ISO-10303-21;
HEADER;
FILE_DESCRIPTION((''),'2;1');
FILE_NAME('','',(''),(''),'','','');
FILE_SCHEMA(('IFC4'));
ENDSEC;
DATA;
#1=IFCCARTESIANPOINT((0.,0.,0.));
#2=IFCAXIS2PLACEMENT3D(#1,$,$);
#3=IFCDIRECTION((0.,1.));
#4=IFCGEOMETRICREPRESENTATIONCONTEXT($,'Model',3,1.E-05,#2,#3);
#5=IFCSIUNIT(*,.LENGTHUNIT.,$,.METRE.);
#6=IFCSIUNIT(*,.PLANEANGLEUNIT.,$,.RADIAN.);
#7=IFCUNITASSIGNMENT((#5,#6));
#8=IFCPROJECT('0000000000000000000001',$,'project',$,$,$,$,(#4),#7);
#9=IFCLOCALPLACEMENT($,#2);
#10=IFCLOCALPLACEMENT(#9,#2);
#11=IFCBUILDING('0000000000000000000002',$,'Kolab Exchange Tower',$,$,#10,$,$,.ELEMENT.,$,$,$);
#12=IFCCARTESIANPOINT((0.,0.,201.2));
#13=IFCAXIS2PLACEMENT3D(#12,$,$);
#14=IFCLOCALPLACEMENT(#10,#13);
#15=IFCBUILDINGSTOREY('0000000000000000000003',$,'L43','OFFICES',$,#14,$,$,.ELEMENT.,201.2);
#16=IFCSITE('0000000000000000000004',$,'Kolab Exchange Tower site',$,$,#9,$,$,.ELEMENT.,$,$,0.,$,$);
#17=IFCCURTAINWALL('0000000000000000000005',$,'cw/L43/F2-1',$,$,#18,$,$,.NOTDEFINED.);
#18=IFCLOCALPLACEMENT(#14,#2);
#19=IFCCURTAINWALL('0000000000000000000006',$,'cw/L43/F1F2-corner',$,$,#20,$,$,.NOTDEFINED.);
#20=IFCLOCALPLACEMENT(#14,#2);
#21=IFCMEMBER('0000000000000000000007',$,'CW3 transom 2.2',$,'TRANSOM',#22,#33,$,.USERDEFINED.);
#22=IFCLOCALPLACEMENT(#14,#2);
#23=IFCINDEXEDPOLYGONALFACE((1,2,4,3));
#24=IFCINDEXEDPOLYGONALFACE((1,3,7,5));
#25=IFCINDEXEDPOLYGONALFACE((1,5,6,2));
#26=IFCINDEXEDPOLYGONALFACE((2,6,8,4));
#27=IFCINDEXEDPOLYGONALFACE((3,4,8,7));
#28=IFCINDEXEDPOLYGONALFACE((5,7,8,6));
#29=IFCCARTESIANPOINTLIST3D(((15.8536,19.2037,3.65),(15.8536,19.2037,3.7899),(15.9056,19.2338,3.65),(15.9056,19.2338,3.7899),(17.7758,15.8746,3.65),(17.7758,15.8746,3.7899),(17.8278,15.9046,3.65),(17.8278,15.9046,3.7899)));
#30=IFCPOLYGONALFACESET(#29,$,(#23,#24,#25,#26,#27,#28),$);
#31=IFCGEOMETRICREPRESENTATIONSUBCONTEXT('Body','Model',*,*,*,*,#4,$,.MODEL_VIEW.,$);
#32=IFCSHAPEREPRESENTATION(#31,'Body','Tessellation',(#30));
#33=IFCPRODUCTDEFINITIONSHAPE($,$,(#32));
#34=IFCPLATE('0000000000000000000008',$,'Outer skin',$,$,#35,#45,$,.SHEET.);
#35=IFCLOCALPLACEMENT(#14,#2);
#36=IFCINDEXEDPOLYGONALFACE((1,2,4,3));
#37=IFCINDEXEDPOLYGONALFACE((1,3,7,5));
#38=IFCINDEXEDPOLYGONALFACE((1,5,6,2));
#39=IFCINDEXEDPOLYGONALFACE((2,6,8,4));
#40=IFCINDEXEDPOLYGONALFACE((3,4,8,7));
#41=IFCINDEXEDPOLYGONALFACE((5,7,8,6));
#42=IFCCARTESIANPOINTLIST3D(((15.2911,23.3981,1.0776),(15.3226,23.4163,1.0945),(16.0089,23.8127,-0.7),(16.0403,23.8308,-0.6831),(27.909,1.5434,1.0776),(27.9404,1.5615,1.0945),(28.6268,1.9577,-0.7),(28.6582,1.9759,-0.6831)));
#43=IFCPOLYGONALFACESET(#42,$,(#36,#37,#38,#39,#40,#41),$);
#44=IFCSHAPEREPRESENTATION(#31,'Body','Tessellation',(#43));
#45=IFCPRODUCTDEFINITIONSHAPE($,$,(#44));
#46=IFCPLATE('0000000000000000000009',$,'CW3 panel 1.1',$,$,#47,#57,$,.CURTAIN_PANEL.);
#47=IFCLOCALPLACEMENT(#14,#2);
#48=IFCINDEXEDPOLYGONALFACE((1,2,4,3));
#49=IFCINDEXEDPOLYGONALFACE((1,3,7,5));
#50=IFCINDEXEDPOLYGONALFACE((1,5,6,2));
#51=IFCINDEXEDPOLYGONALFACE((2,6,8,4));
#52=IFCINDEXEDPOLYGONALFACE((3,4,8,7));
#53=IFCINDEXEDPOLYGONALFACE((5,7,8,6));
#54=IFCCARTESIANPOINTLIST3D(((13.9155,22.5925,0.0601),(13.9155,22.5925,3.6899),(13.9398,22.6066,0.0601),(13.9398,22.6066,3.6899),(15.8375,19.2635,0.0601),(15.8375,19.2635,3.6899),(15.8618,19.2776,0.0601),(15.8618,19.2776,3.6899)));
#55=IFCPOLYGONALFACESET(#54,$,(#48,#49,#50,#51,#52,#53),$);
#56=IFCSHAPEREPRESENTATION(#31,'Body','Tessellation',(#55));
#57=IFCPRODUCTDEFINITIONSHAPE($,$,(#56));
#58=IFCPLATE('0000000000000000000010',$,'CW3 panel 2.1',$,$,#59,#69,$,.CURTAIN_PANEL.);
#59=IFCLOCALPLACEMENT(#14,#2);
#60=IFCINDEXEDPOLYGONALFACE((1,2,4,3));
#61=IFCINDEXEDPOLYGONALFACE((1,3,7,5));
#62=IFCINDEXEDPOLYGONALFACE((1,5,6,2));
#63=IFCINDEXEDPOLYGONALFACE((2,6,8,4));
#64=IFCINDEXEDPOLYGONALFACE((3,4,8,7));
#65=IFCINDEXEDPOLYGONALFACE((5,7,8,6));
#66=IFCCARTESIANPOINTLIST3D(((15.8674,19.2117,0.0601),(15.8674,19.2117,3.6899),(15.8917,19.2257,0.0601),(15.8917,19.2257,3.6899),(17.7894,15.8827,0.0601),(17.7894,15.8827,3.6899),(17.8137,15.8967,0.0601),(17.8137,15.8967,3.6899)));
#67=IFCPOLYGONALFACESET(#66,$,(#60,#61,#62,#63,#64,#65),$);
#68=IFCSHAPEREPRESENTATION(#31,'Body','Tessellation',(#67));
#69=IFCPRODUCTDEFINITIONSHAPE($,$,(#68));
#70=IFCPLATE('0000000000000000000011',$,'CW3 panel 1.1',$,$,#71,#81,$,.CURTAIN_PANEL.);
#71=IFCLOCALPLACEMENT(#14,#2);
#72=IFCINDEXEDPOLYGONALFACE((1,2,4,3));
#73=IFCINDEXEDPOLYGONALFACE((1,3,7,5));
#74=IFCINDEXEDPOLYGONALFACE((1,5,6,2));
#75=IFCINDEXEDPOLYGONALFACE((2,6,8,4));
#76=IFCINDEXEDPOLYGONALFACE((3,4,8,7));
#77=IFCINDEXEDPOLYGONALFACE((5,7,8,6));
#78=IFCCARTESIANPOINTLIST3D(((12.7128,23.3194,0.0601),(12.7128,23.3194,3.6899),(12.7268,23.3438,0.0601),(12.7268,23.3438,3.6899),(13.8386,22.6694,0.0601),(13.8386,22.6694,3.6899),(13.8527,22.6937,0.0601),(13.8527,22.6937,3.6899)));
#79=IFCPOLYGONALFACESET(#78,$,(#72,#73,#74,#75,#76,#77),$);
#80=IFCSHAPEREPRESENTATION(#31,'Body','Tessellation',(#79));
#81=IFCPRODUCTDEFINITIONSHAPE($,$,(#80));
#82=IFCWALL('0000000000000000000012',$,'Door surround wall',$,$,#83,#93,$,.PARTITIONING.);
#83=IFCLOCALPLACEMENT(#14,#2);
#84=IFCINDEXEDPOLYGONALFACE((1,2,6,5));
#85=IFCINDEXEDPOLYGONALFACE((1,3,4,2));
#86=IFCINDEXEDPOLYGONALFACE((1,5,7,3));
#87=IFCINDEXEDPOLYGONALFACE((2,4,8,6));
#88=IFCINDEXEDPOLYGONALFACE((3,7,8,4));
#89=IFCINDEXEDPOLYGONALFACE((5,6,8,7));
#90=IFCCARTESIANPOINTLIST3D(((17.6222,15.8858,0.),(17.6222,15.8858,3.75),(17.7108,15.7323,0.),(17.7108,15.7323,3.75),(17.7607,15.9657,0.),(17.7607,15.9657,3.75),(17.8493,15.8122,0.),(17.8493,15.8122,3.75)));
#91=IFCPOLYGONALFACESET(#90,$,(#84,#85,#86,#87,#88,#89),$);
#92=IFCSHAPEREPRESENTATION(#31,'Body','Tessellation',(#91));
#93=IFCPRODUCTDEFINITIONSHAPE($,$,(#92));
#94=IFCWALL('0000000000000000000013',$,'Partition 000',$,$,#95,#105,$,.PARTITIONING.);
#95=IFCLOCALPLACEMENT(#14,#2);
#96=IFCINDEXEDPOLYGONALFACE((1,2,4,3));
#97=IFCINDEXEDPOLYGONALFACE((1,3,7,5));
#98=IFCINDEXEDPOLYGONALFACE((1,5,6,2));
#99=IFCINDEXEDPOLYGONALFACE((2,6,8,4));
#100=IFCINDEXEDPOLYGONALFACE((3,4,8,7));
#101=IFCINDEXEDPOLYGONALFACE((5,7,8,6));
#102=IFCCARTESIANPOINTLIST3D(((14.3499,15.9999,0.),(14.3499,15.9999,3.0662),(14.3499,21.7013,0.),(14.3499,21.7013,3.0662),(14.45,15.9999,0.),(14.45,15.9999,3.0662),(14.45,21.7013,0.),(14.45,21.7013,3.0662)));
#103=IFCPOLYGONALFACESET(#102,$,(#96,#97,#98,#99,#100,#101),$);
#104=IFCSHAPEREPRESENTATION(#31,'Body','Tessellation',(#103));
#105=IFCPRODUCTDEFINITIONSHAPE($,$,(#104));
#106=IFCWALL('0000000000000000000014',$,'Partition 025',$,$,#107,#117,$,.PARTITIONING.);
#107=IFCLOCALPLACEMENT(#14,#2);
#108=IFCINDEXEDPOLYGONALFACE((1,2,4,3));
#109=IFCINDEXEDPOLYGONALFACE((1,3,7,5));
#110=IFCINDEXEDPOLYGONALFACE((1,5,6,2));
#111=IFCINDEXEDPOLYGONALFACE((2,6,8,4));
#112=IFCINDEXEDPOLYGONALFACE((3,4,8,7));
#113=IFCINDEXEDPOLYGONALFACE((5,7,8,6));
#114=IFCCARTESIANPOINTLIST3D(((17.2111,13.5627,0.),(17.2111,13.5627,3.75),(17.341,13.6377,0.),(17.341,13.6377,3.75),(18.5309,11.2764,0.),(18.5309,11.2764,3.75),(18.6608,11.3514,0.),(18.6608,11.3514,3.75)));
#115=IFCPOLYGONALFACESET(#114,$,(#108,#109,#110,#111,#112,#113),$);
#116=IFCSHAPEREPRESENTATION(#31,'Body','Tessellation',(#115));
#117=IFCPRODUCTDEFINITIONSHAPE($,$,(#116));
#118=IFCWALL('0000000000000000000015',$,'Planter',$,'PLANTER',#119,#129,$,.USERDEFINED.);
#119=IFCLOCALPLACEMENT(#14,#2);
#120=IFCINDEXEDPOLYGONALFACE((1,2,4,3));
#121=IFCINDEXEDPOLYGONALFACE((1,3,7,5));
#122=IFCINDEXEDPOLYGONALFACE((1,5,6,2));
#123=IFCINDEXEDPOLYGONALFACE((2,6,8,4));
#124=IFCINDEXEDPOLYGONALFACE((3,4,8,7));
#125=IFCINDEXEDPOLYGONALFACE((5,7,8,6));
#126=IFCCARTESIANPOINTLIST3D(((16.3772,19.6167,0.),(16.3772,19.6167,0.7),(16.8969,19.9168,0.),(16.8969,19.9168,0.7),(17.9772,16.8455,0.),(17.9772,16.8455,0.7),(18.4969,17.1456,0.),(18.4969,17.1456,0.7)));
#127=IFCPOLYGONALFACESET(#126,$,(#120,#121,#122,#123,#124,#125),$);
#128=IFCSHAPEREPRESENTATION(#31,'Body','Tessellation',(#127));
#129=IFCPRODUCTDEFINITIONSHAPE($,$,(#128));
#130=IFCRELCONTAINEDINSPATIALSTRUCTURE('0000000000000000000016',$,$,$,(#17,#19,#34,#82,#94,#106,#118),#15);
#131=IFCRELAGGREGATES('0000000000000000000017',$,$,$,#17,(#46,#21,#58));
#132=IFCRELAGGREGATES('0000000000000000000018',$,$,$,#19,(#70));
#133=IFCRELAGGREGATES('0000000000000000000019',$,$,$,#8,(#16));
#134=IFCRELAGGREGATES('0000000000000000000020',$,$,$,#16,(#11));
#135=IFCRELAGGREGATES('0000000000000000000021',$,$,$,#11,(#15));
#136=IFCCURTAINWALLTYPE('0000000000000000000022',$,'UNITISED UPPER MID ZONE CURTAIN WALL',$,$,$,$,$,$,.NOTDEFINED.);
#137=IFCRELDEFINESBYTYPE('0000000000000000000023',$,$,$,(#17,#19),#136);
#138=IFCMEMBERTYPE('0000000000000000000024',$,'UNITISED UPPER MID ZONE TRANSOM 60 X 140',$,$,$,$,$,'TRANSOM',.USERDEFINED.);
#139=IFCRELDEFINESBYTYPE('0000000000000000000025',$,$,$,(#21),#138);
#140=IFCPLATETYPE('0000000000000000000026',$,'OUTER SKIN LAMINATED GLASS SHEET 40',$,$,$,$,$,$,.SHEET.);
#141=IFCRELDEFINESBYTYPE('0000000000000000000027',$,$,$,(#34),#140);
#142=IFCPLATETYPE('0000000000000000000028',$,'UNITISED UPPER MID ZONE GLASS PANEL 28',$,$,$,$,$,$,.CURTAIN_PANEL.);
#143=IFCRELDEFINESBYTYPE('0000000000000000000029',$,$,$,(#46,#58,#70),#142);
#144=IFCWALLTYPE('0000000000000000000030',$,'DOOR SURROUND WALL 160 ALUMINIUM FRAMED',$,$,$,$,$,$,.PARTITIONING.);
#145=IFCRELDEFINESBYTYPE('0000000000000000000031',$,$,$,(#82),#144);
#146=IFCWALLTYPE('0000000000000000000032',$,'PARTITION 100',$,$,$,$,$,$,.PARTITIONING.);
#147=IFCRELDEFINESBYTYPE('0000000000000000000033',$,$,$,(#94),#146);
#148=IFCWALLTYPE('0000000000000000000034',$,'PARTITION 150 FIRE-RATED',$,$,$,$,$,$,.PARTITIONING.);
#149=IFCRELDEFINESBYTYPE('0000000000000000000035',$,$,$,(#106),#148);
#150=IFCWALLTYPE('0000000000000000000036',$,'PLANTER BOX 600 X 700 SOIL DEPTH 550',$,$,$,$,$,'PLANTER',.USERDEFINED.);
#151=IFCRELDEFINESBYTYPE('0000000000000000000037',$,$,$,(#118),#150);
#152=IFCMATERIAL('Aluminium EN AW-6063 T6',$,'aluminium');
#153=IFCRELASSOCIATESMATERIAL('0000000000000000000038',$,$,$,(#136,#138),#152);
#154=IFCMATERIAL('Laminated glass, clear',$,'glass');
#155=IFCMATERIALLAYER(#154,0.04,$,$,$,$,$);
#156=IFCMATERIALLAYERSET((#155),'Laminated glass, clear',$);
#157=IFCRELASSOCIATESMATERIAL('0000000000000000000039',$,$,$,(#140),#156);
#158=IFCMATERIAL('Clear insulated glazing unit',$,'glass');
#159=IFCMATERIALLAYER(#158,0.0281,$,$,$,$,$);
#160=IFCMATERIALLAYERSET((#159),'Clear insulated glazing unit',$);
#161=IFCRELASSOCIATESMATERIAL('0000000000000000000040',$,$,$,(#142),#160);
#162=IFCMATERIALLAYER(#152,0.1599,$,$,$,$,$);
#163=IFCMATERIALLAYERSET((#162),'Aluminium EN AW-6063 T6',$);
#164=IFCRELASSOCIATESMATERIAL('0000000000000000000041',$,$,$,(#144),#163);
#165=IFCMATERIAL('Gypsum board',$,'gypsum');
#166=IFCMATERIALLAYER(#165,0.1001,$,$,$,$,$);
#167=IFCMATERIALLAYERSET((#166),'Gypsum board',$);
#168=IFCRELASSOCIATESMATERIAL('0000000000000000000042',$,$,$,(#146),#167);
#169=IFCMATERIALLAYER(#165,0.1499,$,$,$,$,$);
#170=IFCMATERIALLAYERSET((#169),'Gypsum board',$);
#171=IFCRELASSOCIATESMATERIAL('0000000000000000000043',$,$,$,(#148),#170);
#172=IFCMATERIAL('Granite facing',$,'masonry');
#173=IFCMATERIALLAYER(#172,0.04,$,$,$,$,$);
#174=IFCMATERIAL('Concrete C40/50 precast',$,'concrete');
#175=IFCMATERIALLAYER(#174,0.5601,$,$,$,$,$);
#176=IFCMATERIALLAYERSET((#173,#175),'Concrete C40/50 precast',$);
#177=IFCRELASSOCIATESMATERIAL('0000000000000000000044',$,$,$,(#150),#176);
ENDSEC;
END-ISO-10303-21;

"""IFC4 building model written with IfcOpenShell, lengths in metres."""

from ifc_helpers import new_model, si_unit, direction, frame, frame_2d, origin, origin_2d, place, context, subcontext, project, spatial, polyline, rectangle, outline, extrude, material, layer, layer_set, material_profile, profile_set, type_object, element, aggregate, save


model = new_model("IFC4")

# Units and contexts
model_context = context("Model", 3, precision=1e-05, world=origin(), true_north=direction((0.0, 1.0)))
body_context = subcontext(model_context, "Body", "Model", "MODEL_VIEW")
ifc_project = project(units=[si_unit("LENGTHUNIT", "METRE"), si_unit("PLANEANGLEUNIT", "RADIAN")], contexts=[model_context])

# Site, building, storey
site_placement = place(None, origin())
site = spatial("IfcSite", under=ifc_project, at=site_placement, Name="Kolab Exchange Tower site", CompositionType="ELEMENT", RefElevation=0.0)
building_placement = place(site_placement, origin())
building = spatial("IfcBuilding", under=site, at=building_placement, Name="Kolab Exchange Tower", CompositionType="ELEMENT")
storey_placement = place(building_placement, frame((0.0, 0.0, 201.2)))
storey = spatial("IfcBuildingStorey", under=building, at=storey_placement, Name="L43", Description="OFFICES", CompositionType="ELEMENT", Elevation=201.2)

# Curtain wall
ifc_material_1 = material(Name="Aluminium EN AW-6063 T6", Category="aluminium")
curtain_wall_type = type_object("IfcCurtainWallType", Name="UNITISED UPPER MID ZONE CURTAIN WALL", PredefinedType="NOTDEFINED", material=ifc_material_1)
curtain_wall_1_placement = place(storey_placement, origin())
curtain_wall_1 = element("IfcCurtainWall", 1, at=curtain_wall_1_placement, inside=storey, type_object=curtain_wall_type, Name="cw/L43/F2-1", PredefinedType="NOTDEFINED")

# Curtain wall
curtain_wall_2_placement = place(storey_placement, origin())
curtain_wall_2 = element("IfcCurtainWall", 2, at=curtain_wall_2_placement, inside=storey, type_object=curtain_wall_type, Name="cw/L43/F1F2-corner", PredefinedType="NOTDEFINED")

# Member
ifc_material_profile_1 = material_profile(ifc_material_1, rectangle(XDim=0.0601, YDim=0.1399, at=origin_2d()), Name="RECT 60X140")
ifc_profile_set_1 = profile_set([ifc_material_profile_1], Name="Aluminium EN AW-6063 T6")
member_type_1 = type_object("IfcMemberType", Name="UNITISED UPPER MID ZONE TRANSOM 60 X 140", ElementType="TRANSOM", PredefinedType="USERDEFINED", material=ifc_profile_set_1)
member_1_placement = place(storey_placement, frame((15.8796, 19.2188, 3.72), z_axis=(0.500012, -0.866018, 0.0), x_axis=(0.866018, 0.500012, 0.0)))
member_1 = element("IfcMember", 3, at=member_1_placement, type_object=member_type_1, Name="CW3 transom 2.2", ObjectType="TRANSOM", PredefinedType="USERDEFINED", context=body_context, shape_type="SweptSolid", body=[
    extrude(rectangle(XDim=0.0601, YDim=0.1399, at=origin_2d()), origin(), (0.0, 0.0, 1.0), 3.8442),
])

# Plates
ifc_material_2 = material(Name="Laminated glass, clear", Category="glass")
ifc_layer_1 = layer(ifc_material_2, 0.04)
ifc_layer_set_1 = layer_set([ifc_layer_1], Name="Laminated glass, clear")
plate_type_1 = type_object("IfcPlateType", Name="OUTER SKIN LAMINATED GLASS SHEET 40", PredefinedType="SHEET", material=ifc_layer_set_1)
plate_1_placement = place(storey_placement, frame((16.0403, 23.8308, -0.6831), z_axis=(0.784899, 0.453162, 0.422585), x_axis=(0.5, -0.866025, 0.000001)))
element("IfcPlate", 4, at=plate_1_placement, inside=storey, type_object=plate_type_1, Name="Outer skin", PredefinedType="SHEET", context=body_context, shape_type="SweptSolid", body=[
    extrude(outline(polyline([(0.0, 0.0), (25.2359, 0.0), (25.2358, -1.9613), (0.0001, -1.9613), (0.0, 0.0)])), origin(), (0.0, 0.0, -1.0), 0.04),
])
ifc_material_3 = material(Name="Clear insulated glazing unit", Category="glass")
ifc_layer_2 = layer(ifc_material_3, 0.0281)
ifc_layer_set_2 = layer_set([ifc_layer_2], Name="Clear insulated glazing unit")
plate_type_2 = type_object("IfcPlateType", Name="UNITISED UPPER MID ZONE GLASS PANEL 28", PredefinedType="CURTAIN_PANEL", material=ifc_layer_set_2)
plate_2_placement = place(storey_placement, frame((14.8887, 20.9351, 0.0601), z_axis=(0.0, 0.0, 1.0), x_axis=(0.5, -0.866025, 0.0)))
plate_2 = element("IfcPlate", 5, at=plate_2_placement, type_object=plate_type_2, Name="CW3 panel 1.1", PredefinedType="CURTAIN_PANEL", context=body_context, shape_type="SweptSolid", body=[
    extrude(rectangle(XDim=3.844, YDim=0.0281, at=origin_2d()), origin(), (0.0, 0.0, 1.0), 3.6299),
])
plate_3_placement = place(storey_placement, frame((16.8406, 17.5542, 0.0601), z_axis=(0.0, 0.0, 1.0), x_axis=(0.5, -0.866025, 0.0)))
plate_3 = element("IfcPlate", 6, at=plate_3_placement, type_object=plate_type_2, Name="CW3 panel 2.1", PredefinedType="CURTAIN_PANEL", context=body_context, shape_type="SweptSolid", body=[
    extrude(rectangle(XDim=3.844, YDim=0.0281, at=origin_2d()), origin(), (0.0, 0.0, 1.0), 3.6299),
])
aggregate(curtain_wall_1, [plate_2, member_1, plate_3])
plate_4_placement = place(storey_placement, frame((13.2827, 23.0066, 0.0601), z_axis=(0.0, 0.0, 1.0), x_axis=(0.866025, -0.5, 0.0)))
plate_4 = element("IfcPlate", 7, at=plate_4_placement, type_object=plate_type_2, Name="CW3 panel 1.1", PredefinedType="CURTAIN_PANEL", context=body_context, shape_type="SweptSolid", body=[
    extrude(rectangle(XDim=1.3, YDim=0.0281, at=origin_2d()), origin(), (0.0, 0.0, 1.0), 3.6299),
])
aggregate(curtain_wall_2, [plate_4])

# Shared definitions
ifc_layer_3 = layer(ifc_material_1, 0.1599)
ifc_layer_set_3 = layer_set([ifc_layer_3], Name="Aluminium EN AW-6063 T6")
wall_type_1 = type_object("IfcWallType", Name="DOOR SURROUND WALL 160 ALUMINIUM FRAMED", PredefinedType="PARTITIONING", material=ifc_layer_set_3)

# Walls
wall_1_placement = place(storey_placement, frame((17.78, 15.7722, 0.0), z_axis=(0.0, 0.0, 1.0), x_axis=(-0.499842, 0.866117, 0.0)))
element("IfcWall", 8, at=wall_1_placement, inside=storey, type_object=wall_type_1, Name="Door surround wall", PredefinedType="PARTITIONING", context=body_context, shape_type="SweptSolid", body=[
    extrude(rectangle(XDim=0.1772, YDim=0.1599, at=frame_2d((0.0886, 0.0))), origin(), (0.0, 0.0, 1.0), 3.75),
])
ifc_material_4 = material(Name="Gypsum board", Category="gypsum")
ifc_layer_4 = layer(ifc_material_4, 0.1001)
ifc_layer_set_4 = layer_set([ifc_layer_4], Name="Gypsum board")
wall_type_2 = type_object("IfcWallType", Name="PARTITION 100", PredefinedType="PARTITIONING", material=ifc_layer_set_4)
wall_2_placement = place(storey_placement, frame((14.3999, 16.0, 0.0), z_axis=(0.0, 0.0, 1.0), x_axis=(0.0, 1.0, 0.0)))
element("IfcWall", 9, at=wall_2_placement, inside=storey, type_object=wall_type_2, Name="Partition 000", PredefinedType="PARTITIONING", context=body_context, shape_type="SweptSolid", body=[
    extrude(rectangle(XDim=5.7014, YDim=0.1001, at=frame_2d((2.8506, 0.0))), origin(), (0.0, 0.0, 1.0), 3.0662),
])
ifc_layer_5 = layer(ifc_material_4, 0.1499)
ifc_layer_set_5 = layer_set([ifc_layer_5], Name="Gypsum board")
wall_type_3 = type_object("IfcWallType", Name="PARTITION 150 FIRE-RATED", PredefinedType="PARTITIONING", material=ifc_layer_set_5)
wall_3_placement = place(storey_placement, frame((17.2761, 13.6001, 0.0), z_axis=(0.0, 0.0, 1.0), x_axis=(0.499939, -0.866061, 0.0)))
element("IfcWall", 10, at=wall_3_placement, inside=storey, type_object=wall_type_3, Name="Partition 025", PredefinedType="PARTITIONING", context=body_context, shape_type="SweptSolid", body=[
    extrude(rectangle(XDim=2.6399, YDim=0.1499, at=frame_2d((1.3198, 0.0))), origin(), (0.0, 0.0, 1.0), 3.75),
])
ifc_material_5 = material(Name="Granite facing", Category="masonry")
ifc_layer_6 = layer(ifc_material_5, 0.04)
ifc_material_6 = material(Name="Concrete C40/50 precast", Category="concrete")
ifc_layer_7 = layer(ifc_material_6, 0.5601)
ifc_layer_set_6 = layer_set([ifc_layer_6, ifc_layer_7], Name="Concrete C40/50 precast")
wall_type_4 = type_object("IfcWallType", Name="PLANTER BOX 600 X 700 SOIL DEPTH 550", ElementType="PLANTER", PredefinedType="USERDEFINED", material=ifc_layer_set_6)
wall_4_placement = place(storey_placement, frame((16.637, 19.7668, 0.0), z_axis=(0.0, 0.0, 1.0), x_axis=(0.500028, -0.866009, 0.0)))
element("IfcWall", 11, at=wall_4_placement, inside=storey, type_object=wall_type_4, Name="Planter", ObjectType="PLANTER", PredefinedType="USERDEFINED", context=body_context, shape_type="SweptSolid", body=[
    extrude(rectangle(XDim=3.2, YDim=0.6001, at=frame_2d((1.6001, 0.0))), origin(), (0.0, 0.0, 1.0), 0.7),
])

save(model, "model.ifc")
